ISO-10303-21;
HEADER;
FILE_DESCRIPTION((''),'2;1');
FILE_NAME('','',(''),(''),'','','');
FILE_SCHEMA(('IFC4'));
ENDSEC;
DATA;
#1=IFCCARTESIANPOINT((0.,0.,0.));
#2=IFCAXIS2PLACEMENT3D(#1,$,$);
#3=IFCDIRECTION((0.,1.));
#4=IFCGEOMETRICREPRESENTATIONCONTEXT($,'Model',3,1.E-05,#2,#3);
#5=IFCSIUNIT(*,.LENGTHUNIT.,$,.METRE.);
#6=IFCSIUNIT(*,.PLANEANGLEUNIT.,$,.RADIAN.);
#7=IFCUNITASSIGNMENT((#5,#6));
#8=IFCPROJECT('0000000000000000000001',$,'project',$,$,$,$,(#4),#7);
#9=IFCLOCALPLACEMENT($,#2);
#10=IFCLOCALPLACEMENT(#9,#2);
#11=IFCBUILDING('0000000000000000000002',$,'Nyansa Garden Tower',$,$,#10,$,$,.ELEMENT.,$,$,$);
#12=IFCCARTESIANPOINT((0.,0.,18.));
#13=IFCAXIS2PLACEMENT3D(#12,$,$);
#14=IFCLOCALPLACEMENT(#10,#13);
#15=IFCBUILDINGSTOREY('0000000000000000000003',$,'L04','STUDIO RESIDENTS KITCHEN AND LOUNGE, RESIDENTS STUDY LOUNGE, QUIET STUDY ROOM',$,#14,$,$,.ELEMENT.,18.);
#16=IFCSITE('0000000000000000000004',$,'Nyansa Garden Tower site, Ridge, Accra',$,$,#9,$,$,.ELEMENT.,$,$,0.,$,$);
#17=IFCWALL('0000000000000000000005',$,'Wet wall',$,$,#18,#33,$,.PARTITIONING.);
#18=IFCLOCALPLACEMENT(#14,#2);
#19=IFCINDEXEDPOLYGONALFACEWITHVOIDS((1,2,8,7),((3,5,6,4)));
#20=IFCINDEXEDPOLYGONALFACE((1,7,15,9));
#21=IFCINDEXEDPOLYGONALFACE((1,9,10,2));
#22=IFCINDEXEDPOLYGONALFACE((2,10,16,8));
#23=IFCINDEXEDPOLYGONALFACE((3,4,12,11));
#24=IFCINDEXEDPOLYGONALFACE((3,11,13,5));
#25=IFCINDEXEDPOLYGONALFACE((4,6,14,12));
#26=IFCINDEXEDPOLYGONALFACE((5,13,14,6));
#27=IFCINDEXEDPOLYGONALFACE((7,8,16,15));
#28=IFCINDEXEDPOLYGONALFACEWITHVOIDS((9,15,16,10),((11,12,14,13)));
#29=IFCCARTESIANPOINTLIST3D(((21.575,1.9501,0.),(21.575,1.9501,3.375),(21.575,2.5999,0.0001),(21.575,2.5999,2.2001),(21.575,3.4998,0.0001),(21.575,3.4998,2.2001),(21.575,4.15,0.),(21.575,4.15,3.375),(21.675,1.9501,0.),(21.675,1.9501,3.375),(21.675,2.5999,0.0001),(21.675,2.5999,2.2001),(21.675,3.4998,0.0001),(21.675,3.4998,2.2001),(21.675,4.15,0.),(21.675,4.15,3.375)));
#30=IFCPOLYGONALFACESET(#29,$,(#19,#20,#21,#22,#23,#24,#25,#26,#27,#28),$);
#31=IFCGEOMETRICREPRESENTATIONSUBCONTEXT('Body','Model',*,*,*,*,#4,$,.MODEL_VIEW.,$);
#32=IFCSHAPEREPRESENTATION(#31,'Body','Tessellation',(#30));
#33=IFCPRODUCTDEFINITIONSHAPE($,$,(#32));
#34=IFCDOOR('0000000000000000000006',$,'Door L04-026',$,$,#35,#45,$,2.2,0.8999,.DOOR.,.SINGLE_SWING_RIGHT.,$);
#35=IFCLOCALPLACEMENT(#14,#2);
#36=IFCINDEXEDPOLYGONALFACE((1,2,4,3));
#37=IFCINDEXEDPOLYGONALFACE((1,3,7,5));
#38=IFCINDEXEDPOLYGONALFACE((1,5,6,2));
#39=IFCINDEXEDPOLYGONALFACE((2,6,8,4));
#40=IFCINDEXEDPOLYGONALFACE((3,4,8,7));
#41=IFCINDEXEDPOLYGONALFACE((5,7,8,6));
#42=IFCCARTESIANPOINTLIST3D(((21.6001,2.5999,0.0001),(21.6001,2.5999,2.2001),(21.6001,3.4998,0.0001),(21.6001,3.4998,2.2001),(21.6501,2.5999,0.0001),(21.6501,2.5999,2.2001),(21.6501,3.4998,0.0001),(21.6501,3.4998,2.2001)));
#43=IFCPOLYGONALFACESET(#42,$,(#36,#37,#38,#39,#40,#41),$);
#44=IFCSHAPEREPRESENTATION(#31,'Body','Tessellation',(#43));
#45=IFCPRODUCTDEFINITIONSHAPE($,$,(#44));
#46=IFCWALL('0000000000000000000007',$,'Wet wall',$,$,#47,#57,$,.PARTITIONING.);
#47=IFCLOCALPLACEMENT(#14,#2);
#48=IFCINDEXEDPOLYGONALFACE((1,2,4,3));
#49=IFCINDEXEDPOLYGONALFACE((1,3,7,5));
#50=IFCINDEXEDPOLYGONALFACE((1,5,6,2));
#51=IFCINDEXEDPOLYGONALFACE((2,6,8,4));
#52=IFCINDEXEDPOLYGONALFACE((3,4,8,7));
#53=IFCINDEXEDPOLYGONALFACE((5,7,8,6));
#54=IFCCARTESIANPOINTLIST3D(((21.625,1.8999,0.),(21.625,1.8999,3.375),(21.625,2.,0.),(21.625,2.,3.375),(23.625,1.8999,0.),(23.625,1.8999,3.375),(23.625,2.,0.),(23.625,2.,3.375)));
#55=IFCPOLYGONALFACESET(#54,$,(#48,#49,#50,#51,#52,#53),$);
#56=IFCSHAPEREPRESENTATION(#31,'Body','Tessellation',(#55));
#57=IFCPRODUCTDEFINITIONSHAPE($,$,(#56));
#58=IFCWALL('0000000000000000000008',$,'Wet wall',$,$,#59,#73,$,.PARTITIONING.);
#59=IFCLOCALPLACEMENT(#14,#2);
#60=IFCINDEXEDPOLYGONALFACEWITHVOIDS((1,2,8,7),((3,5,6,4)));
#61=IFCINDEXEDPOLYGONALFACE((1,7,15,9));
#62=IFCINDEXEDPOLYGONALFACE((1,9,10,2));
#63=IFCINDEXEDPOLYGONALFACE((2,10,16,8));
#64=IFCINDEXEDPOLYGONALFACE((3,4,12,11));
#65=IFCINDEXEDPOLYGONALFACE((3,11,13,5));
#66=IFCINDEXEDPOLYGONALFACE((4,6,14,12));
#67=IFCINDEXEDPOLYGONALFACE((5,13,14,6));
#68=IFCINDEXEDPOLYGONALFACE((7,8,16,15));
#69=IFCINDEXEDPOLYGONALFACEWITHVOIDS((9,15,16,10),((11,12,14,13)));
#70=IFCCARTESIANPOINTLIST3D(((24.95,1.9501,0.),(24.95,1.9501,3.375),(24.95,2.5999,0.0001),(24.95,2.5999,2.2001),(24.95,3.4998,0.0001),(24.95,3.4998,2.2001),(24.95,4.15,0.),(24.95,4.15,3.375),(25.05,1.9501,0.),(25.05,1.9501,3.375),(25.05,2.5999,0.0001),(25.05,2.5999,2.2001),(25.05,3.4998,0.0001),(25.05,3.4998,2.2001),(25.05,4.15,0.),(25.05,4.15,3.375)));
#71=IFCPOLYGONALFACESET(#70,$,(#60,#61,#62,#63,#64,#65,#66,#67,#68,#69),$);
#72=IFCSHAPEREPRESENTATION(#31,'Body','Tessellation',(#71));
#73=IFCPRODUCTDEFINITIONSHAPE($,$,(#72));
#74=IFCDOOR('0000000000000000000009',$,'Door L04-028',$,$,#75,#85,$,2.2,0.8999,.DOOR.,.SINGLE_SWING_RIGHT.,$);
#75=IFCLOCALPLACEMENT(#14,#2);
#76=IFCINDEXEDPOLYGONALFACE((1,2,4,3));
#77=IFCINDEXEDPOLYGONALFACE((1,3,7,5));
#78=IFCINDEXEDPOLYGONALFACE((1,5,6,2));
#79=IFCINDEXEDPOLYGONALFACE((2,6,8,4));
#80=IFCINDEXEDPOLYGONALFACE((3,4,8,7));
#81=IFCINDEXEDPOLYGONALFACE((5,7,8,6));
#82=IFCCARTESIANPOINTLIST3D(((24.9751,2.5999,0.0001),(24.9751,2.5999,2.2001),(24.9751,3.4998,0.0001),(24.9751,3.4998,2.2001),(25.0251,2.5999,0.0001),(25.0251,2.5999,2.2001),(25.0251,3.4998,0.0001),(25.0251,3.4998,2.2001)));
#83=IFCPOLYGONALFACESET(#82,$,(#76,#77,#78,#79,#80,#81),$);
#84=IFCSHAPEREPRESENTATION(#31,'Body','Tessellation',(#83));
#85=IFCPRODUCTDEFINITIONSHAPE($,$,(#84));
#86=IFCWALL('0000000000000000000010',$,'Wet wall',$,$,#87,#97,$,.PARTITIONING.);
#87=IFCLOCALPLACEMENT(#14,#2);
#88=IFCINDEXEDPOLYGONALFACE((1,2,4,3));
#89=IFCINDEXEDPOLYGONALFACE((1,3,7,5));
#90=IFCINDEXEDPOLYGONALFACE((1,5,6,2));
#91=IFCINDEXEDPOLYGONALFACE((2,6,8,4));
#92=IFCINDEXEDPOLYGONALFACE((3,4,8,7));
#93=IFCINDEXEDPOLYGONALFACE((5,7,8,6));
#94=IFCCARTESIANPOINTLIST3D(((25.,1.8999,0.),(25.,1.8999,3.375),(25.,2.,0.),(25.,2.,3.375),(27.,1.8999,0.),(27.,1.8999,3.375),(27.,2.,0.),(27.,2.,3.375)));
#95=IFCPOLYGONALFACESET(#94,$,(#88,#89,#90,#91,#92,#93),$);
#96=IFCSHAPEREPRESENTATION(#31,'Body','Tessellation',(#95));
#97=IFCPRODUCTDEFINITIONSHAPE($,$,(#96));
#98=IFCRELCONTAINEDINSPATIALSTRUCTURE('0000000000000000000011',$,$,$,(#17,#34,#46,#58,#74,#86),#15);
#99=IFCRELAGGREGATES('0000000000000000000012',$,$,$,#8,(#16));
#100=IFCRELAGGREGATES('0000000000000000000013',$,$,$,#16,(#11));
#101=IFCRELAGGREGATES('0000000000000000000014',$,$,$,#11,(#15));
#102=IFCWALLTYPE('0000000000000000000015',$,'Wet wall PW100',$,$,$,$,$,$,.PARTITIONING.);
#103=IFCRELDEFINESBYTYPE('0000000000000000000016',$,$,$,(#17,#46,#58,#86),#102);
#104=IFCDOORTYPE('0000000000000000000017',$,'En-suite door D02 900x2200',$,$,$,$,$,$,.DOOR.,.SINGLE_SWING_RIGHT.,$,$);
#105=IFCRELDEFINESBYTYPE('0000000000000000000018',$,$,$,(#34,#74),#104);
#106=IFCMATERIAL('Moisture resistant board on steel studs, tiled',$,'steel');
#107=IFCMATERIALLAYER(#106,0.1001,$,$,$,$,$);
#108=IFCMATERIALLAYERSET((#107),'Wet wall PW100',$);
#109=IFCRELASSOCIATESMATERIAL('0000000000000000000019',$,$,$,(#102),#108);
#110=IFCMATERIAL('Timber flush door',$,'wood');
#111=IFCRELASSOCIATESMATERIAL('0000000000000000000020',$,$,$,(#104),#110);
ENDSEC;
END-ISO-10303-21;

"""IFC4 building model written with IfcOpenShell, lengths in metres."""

from ifc_helpers import new_model, si_unit, direction, frame, frame_2d, origin, place, context, subcontext, project, spatial, rectangle, extrude, material, layer, layer_set, type_object, element, fill, save


model = new_model("IFC4")

# Units and contexts
model_context = context("Model", 3, precision=1e-05, world=origin(), true_north=direction((0.0, 1.0)))
body_context = subcontext(model_context, "Body", "Model", "MODEL_VIEW")
ifc_project = project(units=[si_unit("LENGTHUNIT", "METRE"), si_unit("PLANEANGLEUNIT", "RADIAN")], contexts=[model_context])

# Site, building, storey
site_placement = place(None, origin())
site = spatial("IfcSite", under=ifc_project, at=site_placement, Name="Nyansa Garden Tower site, Ridge, Accra", CompositionType="ELEMENT", RefElevation=0.0)
building_placement = place(site_placement, origin())
building = spatial("IfcBuilding", under=site, at=building_placement, Name="Nyansa Garden Tower", CompositionType="ELEMENT")
storey_placement = place(building_placement, frame((0.0, 0.0, 18.0)))
storey = spatial("IfcBuildingStorey", under=building, at=storey_placement, Name="L04", Description="STUDIO RESIDENTS KITCHEN AND LOUNGE, RESIDENTS STUDY LOUNGE, QUIET STUDY ROOM", CompositionType="ELEMENT", Elevation=18.0)

# Wall, opening, door
ifc_material_1 = material(Name="Moisture resistant board on steel studs, tiled", Category="steel")
ifc_layer_1 = layer(ifc_material_1, 0.1001)
ifc_layer_set_1 = layer_set([ifc_layer_1], Name="Wet wall PW100")
wall_type_1 = type_object("IfcWallType", Name="Wet wall PW100", PredefinedType="PARTITIONING", material=ifc_layer_set_1)
wall_1_placement = place(storey_placement, frame((21.625, 1.95, 0.0), z_axis=(0.0, 0.0, 1.0), x_axis=(0.0, 1.0, 0.0)))
wall_1 = element("IfcWall", 1, at=wall_1_placement, inside=storey, type_object=wall_type_1, Name="Wet wall", PredefinedType="PARTITIONING", context=body_context, shape_type="SweptSolid", body=[
    extrude(rectangle(XDim=2.2, YDim=0.1001, at=frame_2d((1.1001, 0.0))), origin(), (0.0, 0.0, 1.0), 3.375),
])
opening_1_placement = place(wall_1_placement, frame((0.6499, 0.0, 0.0)))
opening_1 = element("IfcOpeningElement", 2, at=opening_1_placement, cuts=wall_1, PredefinedType="OPENING", context=body_context, shape_type="SweptSolid", body=[
    extrude(rectangle(XDim=0.8999, YDim=2.2, at=frame_2d((0.45, 1.1001))), frame((0.0, 0.0601, 0.0), z_axis=(0.0, -1.0, 0.0), x_axis=(1.0, 0.0, 0.0)), (0.0, 0.0, 1.0), 0.1201),
])
ifc_material_2 = material(Name="Timber flush door", Category="wood")
door_type_1 = type_object("IfcDoorType", Name="En-suite door D02 900x2200", OperationType="SINGLE_SWING_RIGHT", PredefinedType="DOOR", material=ifc_material_2)
door_1_placement = place(opening_1_placement, origin())
door_1 = element("IfcDoor", 3, at=door_1_placement, inside=storey, type_object=door_type_1, Name="Door L04-026", OperationType="SINGLE_SWING_RIGHT", OverallHeight=2.2, OverallWidth=0.8999, PredefinedType="DOOR", context=body_context, shape_type="SweptSolid", body=[
    extrude(rectangle(XDim=0.8999, YDim=2.2, at=frame_2d((0.45, 1.1001))), frame((0.0, 0.0249, 0.0), z_axis=(0.0, -1.0, 0.0), x_axis=(1.0, 0.0, 0.0)), (0.0, 0.0, 1.0), 0.05),
])
fill(opening_1, door_1)

# Wall
wall_2_placement = place(storey_placement, frame((21.625, 1.95, 0.0), z_axis=(0.0, 0.0, 1.0), x_axis=(1.0, 0.0, 0.0)))
element("IfcWall", 4, at=wall_2_placement, inside=storey, type_object=wall_type_1, Name="Wet wall", PredefinedType="PARTITIONING", context=body_context, shape_type="SweptSolid", body=[
    extrude(rectangle(XDim=2.0, YDim=0.1001, at=frame_2d((1.0, 0.0))), origin(), (0.0, 0.0, 1.0), 3.375),
])

# Wall, opening, door
wall_3_placement = place(storey_placement, frame((25.0, 1.95, 0.0), z_axis=(0.0, 0.0, 1.0), x_axis=(0.0, 1.0, 0.0)))
wall_3 = element("IfcWall", 5, at=wall_3_placement, inside=storey, type_object=wall_type_1, Name="Wet wall", PredefinedType="PARTITIONING", context=body_context, shape_type="SweptSolid", body=[
    extrude(rectangle(XDim=2.2, YDim=0.1001, at=frame_2d((1.1001, 0.0))), origin(), (0.0, 0.0, 1.0), 3.375),
])
opening_2_placement = place(wall_3_placement, frame((0.6499, 0.0, 0.0)))
opening_2 = element("IfcOpeningElement", 6, at=opening_2_placement, cuts=wall_3, PredefinedType="OPENING", context=body_context, shape_type="SweptSolid", body=[
    extrude(rectangle(XDim=0.8999, YDim=2.2, at=frame_2d((0.45, 1.1001))), frame((0.0, 0.0601, 0.0), z_axis=(0.0, -1.0, 0.0), x_axis=(1.0, 0.0, 0.0)), (0.0, 0.0, 1.0), 0.1201),
])
door_2_placement = place(opening_2_placement, origin())
door_2 = element("IfcDoor", 7, at=door_2_placement, inside=storey, type_object=door_type_1, Name="Door L04-028", OperationType="SINGLE_SWING_RIGHT", OverallHeight=2.2, OverallWidth=0.8999, PredefinedType="DOOR", context=body_context, shape_type="SweptSolid", body=[
    extrude(rectangle(XDim=0.8999, YDim=2.2, at=frame_2d((0.45, 1.1001))), frame((0.0, 0.0249, 0.0), z_axis=(0.0, -1.0, 0.0), x_axis=(1.0, 0.0, 0.0)), (0.0, 0.0, 1.0), 0.05),
])
fill(opening_2, door_2)

# Wall
wall_4_placement = place(storey_placement, frame((25.0, 1.95, 0.0), z_axis=(0.0, 0.0, 1.0), x_axis=(1.0, 0.0, 0.0)))
element("IfcWall", 8, at=wall_4_placement, inside=storey, type_object=wall_type_1, Name="Wet wall", PredefinedType="PARTITIONING", context=body_context, shape_type="SweptSolid", body=[
    extrude(rectangle(XDim=2.0, YDim=0.1001, at=frame_2d((1.0, 0.0))), origin(), (0.0, 0.0, 1.0), 3.375),
])

save(model, "model.ifc")
